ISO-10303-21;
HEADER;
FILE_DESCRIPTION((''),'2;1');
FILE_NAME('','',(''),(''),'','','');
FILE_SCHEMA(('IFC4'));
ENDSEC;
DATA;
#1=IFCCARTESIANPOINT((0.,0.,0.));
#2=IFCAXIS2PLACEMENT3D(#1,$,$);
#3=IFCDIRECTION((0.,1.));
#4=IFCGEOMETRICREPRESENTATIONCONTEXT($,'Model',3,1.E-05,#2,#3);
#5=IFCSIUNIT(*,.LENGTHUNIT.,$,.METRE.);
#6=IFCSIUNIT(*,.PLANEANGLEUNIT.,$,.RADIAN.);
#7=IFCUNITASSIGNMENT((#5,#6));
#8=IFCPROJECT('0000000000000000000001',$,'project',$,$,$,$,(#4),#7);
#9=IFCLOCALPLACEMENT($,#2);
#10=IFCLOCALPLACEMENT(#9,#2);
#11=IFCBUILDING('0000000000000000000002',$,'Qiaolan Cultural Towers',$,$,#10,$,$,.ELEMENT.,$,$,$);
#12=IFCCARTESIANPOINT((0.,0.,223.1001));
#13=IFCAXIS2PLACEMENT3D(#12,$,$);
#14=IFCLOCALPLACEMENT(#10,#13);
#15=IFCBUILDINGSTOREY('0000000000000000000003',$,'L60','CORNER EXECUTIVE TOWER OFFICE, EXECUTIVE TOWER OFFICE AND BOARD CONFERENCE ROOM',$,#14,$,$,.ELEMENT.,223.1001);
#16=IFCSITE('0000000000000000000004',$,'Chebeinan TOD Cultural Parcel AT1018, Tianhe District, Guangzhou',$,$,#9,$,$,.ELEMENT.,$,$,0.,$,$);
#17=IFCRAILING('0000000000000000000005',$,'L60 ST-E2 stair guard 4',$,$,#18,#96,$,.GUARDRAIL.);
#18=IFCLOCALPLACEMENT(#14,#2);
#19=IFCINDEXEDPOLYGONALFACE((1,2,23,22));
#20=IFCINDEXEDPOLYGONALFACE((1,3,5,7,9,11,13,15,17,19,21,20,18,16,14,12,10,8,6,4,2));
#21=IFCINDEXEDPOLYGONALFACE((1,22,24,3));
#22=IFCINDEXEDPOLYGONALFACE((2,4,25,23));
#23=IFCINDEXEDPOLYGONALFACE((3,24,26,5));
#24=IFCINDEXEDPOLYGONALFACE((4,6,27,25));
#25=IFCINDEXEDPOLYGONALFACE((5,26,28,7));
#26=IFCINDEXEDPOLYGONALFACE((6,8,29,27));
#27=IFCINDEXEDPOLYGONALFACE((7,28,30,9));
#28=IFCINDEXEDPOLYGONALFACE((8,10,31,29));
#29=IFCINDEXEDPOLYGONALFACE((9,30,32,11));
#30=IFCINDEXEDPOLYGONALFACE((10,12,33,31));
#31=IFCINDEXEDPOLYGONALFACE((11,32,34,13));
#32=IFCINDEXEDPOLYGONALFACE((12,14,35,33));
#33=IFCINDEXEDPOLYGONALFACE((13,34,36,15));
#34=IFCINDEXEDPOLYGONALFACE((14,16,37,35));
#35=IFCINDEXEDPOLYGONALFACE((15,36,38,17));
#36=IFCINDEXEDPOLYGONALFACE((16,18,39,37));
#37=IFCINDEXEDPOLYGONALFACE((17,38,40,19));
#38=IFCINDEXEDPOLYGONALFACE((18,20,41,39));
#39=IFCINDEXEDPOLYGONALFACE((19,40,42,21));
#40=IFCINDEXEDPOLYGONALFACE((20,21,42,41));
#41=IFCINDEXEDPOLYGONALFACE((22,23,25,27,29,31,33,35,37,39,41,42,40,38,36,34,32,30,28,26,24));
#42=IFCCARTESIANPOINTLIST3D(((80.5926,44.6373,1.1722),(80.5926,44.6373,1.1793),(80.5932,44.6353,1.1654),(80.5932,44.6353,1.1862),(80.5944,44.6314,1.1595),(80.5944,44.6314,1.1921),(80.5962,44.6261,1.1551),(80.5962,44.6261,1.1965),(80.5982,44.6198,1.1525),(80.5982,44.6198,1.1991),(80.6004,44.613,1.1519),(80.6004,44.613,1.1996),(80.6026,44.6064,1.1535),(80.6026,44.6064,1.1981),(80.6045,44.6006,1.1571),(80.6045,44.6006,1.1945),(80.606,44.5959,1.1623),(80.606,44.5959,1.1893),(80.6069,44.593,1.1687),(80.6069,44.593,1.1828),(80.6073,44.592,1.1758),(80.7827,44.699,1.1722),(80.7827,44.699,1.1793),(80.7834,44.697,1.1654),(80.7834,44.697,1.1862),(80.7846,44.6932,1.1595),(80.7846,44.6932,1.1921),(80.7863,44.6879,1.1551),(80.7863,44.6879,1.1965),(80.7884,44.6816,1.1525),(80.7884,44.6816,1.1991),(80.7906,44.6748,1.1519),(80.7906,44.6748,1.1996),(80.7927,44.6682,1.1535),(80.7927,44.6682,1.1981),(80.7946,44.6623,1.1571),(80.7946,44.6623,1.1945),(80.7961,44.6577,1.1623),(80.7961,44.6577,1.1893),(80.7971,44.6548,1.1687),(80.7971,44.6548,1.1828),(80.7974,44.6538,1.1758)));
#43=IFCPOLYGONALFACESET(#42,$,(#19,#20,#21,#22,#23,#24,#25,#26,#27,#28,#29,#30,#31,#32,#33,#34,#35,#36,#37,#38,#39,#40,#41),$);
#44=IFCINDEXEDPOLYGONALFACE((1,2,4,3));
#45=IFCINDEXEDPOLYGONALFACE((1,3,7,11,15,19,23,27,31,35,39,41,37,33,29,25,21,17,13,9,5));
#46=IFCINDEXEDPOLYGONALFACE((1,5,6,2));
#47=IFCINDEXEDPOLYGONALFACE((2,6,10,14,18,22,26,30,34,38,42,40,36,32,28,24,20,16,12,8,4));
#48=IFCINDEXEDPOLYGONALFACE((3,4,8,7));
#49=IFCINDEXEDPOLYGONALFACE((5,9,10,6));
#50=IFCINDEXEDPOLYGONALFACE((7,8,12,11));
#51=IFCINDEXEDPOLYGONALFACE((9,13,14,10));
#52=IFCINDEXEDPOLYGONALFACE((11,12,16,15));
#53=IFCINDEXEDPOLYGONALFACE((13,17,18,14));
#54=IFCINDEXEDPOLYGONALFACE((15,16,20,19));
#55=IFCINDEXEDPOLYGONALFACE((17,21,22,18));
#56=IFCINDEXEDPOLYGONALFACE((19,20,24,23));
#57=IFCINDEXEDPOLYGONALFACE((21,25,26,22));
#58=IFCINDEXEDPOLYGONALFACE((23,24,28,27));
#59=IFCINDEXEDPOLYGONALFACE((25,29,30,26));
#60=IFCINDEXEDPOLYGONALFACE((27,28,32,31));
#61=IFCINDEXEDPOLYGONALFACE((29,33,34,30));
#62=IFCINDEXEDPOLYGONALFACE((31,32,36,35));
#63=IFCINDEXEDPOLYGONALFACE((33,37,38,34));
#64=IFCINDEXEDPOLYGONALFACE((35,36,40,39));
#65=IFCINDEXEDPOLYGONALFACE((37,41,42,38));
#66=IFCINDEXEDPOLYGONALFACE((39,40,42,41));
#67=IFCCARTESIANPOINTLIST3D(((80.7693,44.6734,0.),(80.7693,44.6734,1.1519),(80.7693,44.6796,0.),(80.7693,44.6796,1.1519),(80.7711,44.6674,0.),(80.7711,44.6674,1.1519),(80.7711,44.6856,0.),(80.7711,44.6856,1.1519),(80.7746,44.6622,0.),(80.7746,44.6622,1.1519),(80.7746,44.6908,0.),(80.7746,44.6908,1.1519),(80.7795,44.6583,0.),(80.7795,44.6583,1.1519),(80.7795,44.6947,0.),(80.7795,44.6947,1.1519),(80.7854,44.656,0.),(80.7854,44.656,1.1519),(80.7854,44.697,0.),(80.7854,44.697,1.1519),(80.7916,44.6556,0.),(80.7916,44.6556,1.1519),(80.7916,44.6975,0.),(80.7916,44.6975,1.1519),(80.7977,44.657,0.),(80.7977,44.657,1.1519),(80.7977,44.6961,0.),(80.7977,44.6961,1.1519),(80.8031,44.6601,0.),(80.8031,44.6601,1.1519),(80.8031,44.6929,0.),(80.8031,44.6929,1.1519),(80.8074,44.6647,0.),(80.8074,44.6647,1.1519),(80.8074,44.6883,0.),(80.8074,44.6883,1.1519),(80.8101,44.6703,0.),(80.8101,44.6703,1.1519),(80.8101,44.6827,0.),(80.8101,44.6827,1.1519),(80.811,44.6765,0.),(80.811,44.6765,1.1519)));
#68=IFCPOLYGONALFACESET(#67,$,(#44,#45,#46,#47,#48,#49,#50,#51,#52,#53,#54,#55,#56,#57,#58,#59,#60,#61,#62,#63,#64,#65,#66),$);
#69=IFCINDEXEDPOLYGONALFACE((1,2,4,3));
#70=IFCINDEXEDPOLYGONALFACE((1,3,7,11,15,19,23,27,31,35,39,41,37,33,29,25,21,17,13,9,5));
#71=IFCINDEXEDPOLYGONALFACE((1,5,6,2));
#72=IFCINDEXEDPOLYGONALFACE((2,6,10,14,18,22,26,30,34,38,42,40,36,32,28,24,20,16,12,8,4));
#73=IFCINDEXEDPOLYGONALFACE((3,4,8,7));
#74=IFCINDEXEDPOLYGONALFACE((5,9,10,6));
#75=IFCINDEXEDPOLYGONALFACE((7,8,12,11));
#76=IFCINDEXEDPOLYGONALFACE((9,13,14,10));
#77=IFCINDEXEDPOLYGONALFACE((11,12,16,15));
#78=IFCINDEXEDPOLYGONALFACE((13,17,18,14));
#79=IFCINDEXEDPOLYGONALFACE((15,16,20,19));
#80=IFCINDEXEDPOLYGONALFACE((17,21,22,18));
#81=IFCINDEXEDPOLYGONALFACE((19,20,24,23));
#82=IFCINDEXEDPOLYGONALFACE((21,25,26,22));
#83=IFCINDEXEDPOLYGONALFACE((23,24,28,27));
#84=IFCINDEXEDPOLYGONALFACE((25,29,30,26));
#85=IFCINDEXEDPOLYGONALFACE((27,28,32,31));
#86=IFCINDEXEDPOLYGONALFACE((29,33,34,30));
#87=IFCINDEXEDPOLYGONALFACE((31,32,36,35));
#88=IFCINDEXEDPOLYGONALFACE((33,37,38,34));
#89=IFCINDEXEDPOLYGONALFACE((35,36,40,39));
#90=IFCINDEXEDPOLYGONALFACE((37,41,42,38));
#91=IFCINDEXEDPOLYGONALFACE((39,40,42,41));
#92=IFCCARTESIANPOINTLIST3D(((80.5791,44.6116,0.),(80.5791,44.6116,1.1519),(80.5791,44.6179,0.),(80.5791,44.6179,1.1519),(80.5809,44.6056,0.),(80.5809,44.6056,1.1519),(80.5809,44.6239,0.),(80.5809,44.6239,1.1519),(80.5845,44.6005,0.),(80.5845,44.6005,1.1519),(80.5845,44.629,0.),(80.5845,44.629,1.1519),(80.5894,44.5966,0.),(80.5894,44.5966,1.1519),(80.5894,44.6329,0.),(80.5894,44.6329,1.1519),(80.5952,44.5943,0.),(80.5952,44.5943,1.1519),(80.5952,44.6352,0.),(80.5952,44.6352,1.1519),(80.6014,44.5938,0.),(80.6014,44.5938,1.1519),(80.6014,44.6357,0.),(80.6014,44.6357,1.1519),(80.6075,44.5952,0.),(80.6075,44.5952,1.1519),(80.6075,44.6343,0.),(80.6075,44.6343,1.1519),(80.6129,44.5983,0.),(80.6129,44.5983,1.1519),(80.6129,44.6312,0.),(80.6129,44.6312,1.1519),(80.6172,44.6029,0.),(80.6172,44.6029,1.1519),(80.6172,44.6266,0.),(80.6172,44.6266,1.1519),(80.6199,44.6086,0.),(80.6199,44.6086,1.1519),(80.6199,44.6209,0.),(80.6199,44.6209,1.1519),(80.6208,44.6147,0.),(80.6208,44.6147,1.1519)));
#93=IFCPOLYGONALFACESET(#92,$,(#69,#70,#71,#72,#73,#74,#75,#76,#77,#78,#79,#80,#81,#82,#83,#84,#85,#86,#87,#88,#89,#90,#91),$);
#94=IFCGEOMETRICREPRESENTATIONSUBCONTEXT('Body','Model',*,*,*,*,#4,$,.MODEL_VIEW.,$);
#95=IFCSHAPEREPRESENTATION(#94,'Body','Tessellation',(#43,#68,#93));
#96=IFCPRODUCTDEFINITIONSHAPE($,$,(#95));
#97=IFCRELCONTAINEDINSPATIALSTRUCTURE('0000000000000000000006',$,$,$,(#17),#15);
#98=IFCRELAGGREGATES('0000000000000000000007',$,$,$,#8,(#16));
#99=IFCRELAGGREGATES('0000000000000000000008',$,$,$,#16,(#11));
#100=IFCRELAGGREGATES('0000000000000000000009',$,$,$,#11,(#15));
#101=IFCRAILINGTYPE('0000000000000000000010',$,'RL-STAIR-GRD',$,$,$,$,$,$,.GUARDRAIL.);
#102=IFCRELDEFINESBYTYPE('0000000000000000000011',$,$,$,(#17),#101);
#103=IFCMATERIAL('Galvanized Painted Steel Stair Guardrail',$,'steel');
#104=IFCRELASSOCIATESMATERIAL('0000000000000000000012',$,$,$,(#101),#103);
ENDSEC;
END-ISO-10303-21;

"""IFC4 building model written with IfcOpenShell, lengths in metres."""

from ifc_helpers import new_model, si_unit, direction, frame, origin, origin_2d, place, context, subcontext, project, spatial, circle, extrude, material, type_object, element, save


model = new_model("IFC4")

# Units and contexts
model_context = context("Model", 3, precision=1e-05, world=origin(), true_north=direction((0.0, 1.0)))
body_context = subcontext(model_context, "Body", "Model", "MODEL_VIEW")
ifc_project = project(units=[si_unit("LENGTHUNIT", "METRE"), si_unit("PLANEANGLEUNIT", "RADIAN")], contexts=[model_context])

# Site, building, storey
site_placement = place(None, origin())
site = spatial("IfcSite", under=ifc_project, at=site_placement, Name="Chebeinan TOD Cultural Parcel AT1018, Tianhe District, Guangzhou", CompositionType="ELEMENT", RefElevation=0.0)
building_placement = place(site_placement, origin())
building = spatial("IfcBuilding", under=site, at=building_placement, Name="Qiaolan Cultural Towers", CompositionType="ELEMENT")
storey_placement = place(building_placement, frame((0.0, 0.0, 223.1001)))
storey = spatial("IfcBuildingStorey", under=building, at=storey_placement, Name="L60", Description="CORNER EXECUTIVE TOWER OFFICE, EXECUTIVE TOWER OFFICE AND BOARD CONFERENCE ROOM", CompositionType="ELEMENT", Elevation=223.1001)

# Railing
ifc_material_1 = material(Name="Galvanized Painted Steel Stair Guardrail", Category="steel")
railing_type = type_object("IfcRailingType", Name="RL-STAIR-GRD", PredefinedType="GUARDRAIL", material=ifc_material_1)
railing_1_placement = place(storey_placement, frame((80.79, 44.6765, 0.0)))
element("IfcRailing", 1, at=railing_1_placement, inside=storey, type_object=railing_type, Name="L60 ST-E2 stair guard 4", PredefinedType="GUARDRAIL", context=body_context, shape_type="SweptSolid", body=[
    extrude(circle(Radius=0.0239, at=origin_2d()), frame((0.0, 0.0, 1.1758), z_axis=(-0.951097, -0.308893, 0.0), x_axis=(0.308893, -0.951097, 0.0)), (0.0, 0.0, 1.0), 0.2),
    extrude(circle(Radius=0.021, at=origin_2d()), origin(), (0.0, 0.0, 1.0), 1.1519),
    extrude(circle(Radius=0.021, at=origin_2d()), frame((-0.1902, -0.0618, 0.0)), (0.0, 0.0, 1.0), 1.1519),
])

save(model, "model.ifc")
